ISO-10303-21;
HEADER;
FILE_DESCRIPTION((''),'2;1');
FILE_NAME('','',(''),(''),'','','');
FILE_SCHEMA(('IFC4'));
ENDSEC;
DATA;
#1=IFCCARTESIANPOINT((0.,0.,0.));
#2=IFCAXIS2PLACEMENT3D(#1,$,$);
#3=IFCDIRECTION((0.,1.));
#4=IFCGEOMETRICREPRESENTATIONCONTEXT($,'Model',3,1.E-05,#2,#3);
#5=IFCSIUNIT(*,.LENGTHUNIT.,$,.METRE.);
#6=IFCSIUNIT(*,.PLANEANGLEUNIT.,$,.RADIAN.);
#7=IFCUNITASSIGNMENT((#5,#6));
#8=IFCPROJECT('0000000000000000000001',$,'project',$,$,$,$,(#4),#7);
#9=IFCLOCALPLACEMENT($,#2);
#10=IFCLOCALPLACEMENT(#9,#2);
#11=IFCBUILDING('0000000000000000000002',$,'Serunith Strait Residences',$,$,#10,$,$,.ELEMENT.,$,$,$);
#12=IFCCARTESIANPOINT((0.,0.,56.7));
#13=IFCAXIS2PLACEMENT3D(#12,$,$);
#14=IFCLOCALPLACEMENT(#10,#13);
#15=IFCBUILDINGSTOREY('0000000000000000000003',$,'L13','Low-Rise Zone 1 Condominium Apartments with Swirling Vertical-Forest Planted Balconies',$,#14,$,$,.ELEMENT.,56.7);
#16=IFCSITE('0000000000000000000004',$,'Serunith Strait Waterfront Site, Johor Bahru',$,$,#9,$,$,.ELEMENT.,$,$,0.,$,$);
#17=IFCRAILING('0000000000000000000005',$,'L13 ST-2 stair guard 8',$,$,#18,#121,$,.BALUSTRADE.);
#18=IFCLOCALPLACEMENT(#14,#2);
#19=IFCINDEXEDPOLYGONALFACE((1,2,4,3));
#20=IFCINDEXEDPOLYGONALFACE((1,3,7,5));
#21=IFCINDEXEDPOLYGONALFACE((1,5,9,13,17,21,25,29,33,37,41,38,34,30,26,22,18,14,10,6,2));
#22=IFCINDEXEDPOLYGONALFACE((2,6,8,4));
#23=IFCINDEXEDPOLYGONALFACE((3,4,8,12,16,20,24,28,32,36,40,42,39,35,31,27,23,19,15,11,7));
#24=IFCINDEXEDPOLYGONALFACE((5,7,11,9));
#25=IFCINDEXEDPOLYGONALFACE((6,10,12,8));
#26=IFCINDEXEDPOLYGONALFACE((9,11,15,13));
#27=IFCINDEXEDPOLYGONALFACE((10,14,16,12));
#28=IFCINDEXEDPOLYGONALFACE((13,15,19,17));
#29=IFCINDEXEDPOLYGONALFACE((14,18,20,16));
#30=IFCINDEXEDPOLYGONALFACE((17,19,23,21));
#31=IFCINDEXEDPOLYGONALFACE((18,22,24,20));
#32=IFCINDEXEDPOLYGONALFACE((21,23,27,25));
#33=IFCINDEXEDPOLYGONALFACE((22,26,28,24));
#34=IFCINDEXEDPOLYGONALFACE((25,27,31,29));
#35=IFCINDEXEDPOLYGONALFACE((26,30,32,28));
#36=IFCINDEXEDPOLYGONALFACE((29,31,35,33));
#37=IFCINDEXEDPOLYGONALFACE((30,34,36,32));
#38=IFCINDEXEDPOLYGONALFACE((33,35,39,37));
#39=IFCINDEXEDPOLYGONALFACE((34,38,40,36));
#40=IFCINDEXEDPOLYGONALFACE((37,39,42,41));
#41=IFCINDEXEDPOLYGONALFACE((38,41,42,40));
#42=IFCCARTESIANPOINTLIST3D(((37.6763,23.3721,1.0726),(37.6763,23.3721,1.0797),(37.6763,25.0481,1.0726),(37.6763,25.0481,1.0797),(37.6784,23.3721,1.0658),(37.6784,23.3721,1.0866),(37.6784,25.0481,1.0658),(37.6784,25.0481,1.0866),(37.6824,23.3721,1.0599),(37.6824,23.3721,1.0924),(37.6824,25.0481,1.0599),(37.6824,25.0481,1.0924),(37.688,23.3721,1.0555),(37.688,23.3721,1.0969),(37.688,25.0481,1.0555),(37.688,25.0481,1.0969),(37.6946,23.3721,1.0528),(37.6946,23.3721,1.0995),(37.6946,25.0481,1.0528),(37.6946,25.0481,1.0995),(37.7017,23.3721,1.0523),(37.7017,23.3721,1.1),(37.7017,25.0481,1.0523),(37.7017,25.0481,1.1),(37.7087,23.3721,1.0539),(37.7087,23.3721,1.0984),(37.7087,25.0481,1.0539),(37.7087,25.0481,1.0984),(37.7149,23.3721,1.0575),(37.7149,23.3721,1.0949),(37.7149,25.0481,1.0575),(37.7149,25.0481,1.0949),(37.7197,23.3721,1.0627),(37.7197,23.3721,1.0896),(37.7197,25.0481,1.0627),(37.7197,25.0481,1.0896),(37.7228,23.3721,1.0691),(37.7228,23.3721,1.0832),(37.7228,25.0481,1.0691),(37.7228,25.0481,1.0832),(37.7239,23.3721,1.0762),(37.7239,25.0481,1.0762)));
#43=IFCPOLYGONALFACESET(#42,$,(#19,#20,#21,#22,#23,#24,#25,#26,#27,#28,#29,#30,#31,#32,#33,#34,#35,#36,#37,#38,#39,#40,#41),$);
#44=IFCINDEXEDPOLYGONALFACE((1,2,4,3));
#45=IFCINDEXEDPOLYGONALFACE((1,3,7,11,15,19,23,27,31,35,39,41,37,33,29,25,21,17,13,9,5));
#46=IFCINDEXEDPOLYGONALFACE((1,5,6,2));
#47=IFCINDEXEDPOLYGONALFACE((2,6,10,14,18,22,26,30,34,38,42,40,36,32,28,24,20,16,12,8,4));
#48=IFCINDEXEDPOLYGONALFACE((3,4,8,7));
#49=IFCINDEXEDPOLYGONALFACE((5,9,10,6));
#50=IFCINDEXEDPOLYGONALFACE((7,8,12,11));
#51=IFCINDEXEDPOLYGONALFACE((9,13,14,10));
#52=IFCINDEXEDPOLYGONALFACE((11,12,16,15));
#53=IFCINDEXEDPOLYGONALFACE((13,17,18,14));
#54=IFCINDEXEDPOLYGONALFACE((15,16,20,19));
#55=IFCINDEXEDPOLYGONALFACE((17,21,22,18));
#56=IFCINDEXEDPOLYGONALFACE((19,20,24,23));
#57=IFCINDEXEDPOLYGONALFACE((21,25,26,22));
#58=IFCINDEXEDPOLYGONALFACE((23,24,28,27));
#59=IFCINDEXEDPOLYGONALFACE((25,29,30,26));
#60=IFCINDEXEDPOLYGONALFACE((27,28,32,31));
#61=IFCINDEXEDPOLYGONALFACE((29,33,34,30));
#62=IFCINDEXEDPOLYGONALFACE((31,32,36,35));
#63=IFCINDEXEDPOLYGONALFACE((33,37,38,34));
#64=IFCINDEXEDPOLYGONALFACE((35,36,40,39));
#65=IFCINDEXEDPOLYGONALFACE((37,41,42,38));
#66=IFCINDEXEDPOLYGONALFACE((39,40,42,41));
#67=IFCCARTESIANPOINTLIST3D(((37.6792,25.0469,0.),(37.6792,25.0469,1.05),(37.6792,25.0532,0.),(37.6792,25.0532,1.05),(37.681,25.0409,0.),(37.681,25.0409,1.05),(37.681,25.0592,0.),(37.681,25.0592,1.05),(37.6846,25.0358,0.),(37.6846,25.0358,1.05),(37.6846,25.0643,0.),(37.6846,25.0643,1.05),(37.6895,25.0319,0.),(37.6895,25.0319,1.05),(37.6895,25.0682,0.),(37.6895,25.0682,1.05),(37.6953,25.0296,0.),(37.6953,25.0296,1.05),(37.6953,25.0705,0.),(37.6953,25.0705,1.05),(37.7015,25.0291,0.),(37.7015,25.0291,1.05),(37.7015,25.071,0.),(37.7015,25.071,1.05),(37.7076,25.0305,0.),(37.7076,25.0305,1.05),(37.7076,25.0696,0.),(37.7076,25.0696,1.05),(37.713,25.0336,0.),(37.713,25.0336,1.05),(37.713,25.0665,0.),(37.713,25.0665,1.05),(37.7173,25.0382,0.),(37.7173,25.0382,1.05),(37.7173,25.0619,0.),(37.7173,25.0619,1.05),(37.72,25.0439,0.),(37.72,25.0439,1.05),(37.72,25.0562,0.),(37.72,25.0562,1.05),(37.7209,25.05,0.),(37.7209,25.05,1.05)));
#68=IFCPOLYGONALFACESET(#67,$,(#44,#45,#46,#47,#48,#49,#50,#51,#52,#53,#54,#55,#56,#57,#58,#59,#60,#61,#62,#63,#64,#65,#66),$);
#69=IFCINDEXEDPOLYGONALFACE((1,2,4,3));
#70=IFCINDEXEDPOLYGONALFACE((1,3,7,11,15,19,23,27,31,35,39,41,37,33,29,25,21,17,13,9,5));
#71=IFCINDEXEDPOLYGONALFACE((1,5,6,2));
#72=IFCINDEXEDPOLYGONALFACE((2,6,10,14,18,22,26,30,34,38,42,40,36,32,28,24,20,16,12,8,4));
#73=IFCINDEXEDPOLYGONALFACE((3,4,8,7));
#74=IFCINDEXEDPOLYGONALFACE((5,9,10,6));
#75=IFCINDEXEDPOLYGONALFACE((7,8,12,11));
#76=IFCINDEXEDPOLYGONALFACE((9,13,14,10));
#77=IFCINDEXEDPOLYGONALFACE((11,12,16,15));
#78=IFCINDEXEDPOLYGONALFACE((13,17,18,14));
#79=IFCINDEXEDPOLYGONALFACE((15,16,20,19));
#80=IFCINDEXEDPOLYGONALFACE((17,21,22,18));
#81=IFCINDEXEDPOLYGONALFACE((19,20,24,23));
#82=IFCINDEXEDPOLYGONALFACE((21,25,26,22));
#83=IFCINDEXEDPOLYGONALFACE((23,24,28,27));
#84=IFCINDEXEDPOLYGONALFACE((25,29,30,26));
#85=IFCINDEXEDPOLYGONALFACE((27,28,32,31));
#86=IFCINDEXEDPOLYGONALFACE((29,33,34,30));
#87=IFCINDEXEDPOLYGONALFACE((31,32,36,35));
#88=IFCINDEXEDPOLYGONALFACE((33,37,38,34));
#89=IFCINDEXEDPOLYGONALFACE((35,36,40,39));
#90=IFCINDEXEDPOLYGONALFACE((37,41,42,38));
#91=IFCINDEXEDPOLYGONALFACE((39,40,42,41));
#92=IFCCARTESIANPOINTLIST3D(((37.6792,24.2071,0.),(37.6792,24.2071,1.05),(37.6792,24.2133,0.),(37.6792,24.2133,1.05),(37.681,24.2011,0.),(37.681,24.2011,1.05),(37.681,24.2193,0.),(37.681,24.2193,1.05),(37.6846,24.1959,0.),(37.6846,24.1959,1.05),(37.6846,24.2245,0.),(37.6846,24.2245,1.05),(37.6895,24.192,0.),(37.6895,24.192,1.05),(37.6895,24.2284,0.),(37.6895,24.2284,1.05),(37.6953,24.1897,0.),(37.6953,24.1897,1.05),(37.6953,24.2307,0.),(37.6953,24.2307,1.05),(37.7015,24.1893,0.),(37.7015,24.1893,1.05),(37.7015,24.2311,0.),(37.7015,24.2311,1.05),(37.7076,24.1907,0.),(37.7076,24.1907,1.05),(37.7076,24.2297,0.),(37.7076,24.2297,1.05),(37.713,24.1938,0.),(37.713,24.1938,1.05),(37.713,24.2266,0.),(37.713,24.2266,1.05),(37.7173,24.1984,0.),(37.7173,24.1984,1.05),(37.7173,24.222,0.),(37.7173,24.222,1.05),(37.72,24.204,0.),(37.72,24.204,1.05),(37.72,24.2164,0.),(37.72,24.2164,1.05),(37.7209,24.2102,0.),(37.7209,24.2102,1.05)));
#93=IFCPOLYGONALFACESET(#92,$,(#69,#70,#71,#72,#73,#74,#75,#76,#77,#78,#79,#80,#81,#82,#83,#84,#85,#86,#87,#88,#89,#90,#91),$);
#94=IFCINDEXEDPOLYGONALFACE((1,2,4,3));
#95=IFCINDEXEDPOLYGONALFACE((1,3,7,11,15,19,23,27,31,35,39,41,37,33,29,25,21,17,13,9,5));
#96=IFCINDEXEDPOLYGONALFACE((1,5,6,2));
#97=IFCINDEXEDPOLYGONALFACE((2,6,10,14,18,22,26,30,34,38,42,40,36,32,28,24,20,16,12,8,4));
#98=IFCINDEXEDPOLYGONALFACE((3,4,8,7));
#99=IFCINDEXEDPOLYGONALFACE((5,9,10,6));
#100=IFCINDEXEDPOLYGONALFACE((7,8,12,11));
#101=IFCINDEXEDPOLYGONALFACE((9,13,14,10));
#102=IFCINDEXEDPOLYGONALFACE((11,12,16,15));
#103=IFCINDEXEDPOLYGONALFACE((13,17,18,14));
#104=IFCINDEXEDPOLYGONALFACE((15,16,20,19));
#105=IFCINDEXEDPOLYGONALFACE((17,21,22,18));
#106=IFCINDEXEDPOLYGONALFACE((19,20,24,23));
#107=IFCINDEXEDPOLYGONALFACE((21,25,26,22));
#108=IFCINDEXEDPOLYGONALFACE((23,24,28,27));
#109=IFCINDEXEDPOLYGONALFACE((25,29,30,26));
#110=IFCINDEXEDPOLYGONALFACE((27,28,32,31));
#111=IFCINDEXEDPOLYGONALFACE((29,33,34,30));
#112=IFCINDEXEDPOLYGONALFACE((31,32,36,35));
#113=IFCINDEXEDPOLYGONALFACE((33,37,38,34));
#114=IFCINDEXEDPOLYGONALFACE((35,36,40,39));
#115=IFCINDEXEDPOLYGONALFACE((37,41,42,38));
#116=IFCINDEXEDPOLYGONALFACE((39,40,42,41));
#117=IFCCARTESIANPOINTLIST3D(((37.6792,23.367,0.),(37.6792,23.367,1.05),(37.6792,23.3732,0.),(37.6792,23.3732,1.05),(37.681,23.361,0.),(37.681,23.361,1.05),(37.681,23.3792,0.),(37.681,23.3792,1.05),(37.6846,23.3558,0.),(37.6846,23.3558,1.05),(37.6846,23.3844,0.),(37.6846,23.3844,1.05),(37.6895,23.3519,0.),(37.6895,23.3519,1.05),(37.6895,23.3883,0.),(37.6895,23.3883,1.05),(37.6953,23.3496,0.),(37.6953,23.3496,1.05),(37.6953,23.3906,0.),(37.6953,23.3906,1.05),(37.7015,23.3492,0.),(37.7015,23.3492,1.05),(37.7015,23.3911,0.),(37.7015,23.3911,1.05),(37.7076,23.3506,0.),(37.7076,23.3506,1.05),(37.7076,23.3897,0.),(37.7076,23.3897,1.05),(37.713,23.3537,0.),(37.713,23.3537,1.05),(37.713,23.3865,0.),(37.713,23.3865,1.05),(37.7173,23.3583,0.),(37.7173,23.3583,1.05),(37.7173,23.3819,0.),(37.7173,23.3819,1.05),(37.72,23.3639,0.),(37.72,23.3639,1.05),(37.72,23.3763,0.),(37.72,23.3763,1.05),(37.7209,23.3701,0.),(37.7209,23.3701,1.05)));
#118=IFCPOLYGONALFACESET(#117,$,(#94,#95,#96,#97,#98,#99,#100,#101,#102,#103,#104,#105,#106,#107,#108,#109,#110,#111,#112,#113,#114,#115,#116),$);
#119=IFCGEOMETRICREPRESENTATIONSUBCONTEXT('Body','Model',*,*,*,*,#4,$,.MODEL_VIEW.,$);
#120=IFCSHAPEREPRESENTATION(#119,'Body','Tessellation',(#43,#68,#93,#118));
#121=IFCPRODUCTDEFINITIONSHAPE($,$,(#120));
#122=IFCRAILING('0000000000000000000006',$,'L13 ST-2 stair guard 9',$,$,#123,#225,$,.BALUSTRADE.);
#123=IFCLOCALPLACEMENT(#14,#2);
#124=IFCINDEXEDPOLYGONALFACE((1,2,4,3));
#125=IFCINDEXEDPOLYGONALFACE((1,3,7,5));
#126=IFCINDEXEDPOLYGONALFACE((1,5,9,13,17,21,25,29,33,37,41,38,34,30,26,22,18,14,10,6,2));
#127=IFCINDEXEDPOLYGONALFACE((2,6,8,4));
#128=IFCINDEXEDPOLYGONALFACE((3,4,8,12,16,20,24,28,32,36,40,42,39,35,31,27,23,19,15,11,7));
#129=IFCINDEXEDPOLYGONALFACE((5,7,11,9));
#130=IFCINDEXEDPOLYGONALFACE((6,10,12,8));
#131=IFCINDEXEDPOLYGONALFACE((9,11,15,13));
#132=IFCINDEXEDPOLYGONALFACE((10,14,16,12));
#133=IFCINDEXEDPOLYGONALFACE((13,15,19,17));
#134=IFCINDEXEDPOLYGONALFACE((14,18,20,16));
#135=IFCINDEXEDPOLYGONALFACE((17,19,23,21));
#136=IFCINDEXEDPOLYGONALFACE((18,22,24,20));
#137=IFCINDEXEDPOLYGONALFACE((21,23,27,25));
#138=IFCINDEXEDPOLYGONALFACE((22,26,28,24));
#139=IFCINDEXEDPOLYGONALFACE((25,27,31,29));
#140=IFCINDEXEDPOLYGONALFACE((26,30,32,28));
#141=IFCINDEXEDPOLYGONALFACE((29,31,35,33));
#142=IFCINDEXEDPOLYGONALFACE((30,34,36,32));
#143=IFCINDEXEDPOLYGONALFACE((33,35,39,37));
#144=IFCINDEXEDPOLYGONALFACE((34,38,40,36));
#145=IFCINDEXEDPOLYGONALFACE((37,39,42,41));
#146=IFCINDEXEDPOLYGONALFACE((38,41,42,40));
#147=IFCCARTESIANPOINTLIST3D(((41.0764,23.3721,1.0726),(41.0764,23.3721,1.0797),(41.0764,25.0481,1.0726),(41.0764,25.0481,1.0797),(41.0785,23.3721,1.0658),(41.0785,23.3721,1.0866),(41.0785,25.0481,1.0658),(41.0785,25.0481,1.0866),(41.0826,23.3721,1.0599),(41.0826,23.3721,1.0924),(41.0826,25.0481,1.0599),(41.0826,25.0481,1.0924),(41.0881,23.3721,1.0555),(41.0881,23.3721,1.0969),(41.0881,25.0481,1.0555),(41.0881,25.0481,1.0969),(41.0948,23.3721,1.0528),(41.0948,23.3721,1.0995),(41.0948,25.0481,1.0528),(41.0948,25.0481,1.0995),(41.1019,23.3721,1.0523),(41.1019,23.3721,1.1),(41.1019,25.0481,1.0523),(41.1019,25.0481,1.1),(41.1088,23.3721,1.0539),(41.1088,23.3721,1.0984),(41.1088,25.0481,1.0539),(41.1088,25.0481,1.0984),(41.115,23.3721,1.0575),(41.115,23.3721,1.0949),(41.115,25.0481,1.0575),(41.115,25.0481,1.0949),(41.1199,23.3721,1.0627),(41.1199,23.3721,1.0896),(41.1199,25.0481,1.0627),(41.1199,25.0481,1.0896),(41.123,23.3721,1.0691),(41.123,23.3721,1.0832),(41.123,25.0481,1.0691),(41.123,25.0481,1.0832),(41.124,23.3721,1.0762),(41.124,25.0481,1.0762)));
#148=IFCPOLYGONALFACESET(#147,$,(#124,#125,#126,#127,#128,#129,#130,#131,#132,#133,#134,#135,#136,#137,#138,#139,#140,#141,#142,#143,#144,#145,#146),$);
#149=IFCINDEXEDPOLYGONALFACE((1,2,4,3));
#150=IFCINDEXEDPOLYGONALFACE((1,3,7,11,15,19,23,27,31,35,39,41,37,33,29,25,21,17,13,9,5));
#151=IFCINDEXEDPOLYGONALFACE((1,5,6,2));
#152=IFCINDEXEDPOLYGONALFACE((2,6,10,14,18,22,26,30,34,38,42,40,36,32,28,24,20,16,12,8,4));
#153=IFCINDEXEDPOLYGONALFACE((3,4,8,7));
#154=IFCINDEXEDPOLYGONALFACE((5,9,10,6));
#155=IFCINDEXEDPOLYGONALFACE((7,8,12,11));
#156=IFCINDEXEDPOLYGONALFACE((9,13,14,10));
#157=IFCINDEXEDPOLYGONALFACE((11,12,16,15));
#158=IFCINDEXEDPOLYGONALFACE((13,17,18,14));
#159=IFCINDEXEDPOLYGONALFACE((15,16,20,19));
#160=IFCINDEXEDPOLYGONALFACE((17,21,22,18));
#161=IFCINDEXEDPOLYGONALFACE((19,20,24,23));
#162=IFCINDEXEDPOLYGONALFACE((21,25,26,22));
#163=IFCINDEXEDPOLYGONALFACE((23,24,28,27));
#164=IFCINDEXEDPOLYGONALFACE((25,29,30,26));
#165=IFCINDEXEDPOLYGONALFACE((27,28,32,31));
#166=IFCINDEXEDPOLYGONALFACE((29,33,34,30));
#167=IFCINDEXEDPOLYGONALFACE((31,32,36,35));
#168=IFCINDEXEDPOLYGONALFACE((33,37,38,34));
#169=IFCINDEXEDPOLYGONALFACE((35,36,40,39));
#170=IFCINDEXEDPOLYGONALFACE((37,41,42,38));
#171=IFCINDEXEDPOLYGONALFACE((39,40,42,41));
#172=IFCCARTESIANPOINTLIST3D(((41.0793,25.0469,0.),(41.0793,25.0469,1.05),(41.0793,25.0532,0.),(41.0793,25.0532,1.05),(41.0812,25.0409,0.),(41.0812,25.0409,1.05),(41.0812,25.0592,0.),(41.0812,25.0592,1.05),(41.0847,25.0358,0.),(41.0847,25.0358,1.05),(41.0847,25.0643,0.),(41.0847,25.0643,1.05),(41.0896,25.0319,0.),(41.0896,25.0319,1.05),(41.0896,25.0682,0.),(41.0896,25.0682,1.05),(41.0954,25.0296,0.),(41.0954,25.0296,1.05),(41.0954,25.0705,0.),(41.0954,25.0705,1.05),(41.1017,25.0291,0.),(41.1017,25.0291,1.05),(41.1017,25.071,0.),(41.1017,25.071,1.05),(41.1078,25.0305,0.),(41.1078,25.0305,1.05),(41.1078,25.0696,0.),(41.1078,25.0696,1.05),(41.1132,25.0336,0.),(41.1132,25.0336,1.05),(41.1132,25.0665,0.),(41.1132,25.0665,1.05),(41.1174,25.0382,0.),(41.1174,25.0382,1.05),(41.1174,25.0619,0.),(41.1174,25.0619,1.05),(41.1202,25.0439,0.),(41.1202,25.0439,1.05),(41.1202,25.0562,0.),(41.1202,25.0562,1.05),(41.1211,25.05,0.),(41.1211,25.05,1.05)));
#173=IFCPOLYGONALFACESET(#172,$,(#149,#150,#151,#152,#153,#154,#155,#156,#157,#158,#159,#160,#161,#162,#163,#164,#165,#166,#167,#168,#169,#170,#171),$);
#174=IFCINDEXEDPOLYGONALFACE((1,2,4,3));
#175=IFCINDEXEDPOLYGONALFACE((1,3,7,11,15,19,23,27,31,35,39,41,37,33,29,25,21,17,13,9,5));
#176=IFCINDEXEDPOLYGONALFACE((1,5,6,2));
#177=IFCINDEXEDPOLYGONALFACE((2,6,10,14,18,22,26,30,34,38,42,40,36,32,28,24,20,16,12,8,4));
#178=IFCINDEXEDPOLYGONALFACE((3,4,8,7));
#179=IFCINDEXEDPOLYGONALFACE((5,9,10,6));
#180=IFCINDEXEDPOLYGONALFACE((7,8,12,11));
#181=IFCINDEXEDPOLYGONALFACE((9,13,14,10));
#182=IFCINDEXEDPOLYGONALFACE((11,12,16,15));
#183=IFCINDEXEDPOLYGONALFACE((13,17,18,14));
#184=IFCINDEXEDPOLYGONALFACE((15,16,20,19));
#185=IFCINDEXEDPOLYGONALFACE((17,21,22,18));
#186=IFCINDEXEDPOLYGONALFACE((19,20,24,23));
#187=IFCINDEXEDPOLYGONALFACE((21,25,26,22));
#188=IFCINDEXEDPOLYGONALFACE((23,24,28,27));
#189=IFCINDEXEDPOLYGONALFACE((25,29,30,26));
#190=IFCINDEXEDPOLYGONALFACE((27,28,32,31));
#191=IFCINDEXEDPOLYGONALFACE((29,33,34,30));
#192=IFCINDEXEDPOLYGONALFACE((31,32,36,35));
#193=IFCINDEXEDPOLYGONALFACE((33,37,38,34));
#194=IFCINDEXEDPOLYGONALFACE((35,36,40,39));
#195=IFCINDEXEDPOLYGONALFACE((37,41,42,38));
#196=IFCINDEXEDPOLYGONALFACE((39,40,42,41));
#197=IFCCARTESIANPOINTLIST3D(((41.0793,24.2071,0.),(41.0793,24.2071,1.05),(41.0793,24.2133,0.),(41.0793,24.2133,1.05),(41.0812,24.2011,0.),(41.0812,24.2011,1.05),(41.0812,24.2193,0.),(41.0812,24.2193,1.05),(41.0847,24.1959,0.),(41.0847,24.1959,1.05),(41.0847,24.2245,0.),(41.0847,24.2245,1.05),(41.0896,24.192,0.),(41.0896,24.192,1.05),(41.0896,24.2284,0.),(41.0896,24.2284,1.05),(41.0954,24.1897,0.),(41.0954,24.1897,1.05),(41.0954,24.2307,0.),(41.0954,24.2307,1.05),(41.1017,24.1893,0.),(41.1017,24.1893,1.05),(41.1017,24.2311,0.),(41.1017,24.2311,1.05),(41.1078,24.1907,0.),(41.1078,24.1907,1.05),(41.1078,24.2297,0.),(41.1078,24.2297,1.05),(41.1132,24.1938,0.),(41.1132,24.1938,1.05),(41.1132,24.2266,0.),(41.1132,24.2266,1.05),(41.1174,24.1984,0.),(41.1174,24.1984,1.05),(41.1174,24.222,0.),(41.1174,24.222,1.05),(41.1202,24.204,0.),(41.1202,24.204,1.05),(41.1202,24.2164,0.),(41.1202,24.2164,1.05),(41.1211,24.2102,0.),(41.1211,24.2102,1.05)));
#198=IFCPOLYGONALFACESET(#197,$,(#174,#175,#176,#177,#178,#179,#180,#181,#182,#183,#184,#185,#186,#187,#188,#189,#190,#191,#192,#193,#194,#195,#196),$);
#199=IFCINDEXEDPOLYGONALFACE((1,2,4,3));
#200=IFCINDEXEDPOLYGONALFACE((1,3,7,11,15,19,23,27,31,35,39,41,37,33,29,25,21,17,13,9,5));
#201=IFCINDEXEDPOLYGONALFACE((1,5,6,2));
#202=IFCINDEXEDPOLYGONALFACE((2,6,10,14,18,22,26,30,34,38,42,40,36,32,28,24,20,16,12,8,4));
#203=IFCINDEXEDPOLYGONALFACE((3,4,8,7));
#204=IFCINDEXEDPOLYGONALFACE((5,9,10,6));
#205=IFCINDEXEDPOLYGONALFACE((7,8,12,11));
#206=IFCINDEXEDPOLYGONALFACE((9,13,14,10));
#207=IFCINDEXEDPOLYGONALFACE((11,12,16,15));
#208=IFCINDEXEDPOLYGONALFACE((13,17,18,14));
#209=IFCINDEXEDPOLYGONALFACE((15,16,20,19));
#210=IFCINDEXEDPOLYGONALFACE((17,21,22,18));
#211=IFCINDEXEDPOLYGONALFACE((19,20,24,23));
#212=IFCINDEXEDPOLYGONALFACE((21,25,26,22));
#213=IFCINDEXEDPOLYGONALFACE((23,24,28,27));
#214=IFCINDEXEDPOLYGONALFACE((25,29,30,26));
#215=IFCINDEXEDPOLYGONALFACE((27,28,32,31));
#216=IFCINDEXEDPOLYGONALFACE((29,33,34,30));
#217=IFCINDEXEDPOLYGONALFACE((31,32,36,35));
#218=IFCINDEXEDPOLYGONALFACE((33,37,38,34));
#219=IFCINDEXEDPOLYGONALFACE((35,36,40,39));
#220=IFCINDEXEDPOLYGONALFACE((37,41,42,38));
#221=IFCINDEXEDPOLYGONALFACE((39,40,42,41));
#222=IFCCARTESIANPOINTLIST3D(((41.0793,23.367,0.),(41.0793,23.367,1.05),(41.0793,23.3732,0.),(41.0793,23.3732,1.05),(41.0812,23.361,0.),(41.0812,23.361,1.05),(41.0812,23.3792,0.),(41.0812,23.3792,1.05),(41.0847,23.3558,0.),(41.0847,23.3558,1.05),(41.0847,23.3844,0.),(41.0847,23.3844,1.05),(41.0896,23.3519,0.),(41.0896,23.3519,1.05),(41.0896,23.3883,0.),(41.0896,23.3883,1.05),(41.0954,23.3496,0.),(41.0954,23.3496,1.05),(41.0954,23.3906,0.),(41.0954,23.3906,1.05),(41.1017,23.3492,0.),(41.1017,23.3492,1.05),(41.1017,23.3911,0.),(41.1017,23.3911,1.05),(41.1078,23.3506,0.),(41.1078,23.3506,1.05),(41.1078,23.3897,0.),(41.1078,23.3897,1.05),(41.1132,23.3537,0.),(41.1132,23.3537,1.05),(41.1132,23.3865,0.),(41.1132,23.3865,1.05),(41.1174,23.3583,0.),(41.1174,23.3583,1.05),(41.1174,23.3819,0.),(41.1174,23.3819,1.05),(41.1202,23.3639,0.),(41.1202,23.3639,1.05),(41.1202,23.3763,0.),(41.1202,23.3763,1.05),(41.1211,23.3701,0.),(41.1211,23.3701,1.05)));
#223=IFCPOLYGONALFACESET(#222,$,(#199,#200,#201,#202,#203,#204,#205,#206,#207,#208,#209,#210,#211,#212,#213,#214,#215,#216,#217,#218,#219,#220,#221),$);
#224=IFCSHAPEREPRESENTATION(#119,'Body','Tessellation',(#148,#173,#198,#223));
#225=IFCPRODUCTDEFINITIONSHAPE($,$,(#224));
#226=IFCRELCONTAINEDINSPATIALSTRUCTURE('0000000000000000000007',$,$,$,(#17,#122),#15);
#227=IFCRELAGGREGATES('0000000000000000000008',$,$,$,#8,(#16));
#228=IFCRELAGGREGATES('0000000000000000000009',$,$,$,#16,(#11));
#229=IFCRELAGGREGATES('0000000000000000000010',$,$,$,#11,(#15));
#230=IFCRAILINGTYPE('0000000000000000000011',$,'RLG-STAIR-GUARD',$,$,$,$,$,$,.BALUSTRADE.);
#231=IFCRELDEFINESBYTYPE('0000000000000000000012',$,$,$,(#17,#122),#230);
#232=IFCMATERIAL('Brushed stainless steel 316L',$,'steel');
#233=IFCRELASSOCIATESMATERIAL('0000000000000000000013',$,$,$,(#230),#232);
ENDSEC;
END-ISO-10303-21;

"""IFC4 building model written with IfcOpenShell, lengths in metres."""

from ifc_helpers import new_model, si_unit, direction, frame, origin, origin_2d, place, context, subcontext, project, spatial, circle, extrude, material, type_object, element, save


model = new_model("IFC4")

# Units and contexts
model_context = context("Model", 3, precision=1e-05, world=origin(), true_north=direction((0.0, 1.0)))
body_context = subcontext(model_context, "Body", "Model", "MODEL_VIEW")
ifc_project = project(units=[si_unit("LENGTHUNIT", "METRE"), si_unit("PLANEANGLEUNIT", "RADIAN")], contexts=[model_context])

# Site, building, storey
site_placement = place(None, origin())
site = spatial("IfcSite", under=ifc_project, at=site_placement, Name="Serunith Strait Waterfront Site, Johor Bahru", CompositionType="ELEMENT", RefElevation=0.0)
building_placement = place(site_placement, origin())
building = spatial("IfcBuilding", under=site, at=building_placement, Name="Serunith Strait Residences", CompositionType="ELEMENT")
storey_placement = place(building_placement, frame((0.0, 0.0, 56.7)))
storey = spatial("IfcBuildingStorey", under=building, at=storey_placement, Name="L13", Description="Low-Rise Zone 1 Condominium Apartments with Swirling Vertical-Forest Planted Balconies", CompositionType="ELEMENT", Elevation=56.7)

# Railings
ifc_material_1 = material(Name="Brushed stainless steel 316L", Category="steel")
railing_type = type_object("IfcRailingType", Name="RLG-STAIR-GUARD", PredefinedType="BALUSTRADE", material=ifc_material_1)
for number, where, name in (
    (1, (37.7, 25.05, 0.0), "L13 ST-2 stair guard 8"),
    (2, (41.1001, 25.05, 0.0), "L13 ST-2 stair guard 9"),
):
    element("IfcRailing", number, at=place(storey_placement, frame(where)), inside=storey, type_object=railing_type, Name=name, PredefinedType="BALUSTRADE", context=body_context, shape_type="SweptSolid", body=[
        extrude(circle(Radius=0.0239, at=origin_2d()), frame((0.0, -0.002, 1.0762), z_axis=(0.0, -1.0, 0.0), x_axis=(1.0, 0.0, 0.0)), (0.0, 0.0, 1.0), 1.676),
        extrude(circle(Radius=0.021, at=origin_2d()), origin(), (0.0, 0.0, 1.0), 1.05),
        extrude(circle(Radius=0.021, at=origin_2d()), frame((0.0, -0.8398, 0.0)), (0.0, 0.0, 1.0), 1.05),
        extrude(circle(Radius=0.021, at=origin_2d()), frame((0.0, -1.6799, 0.0)), (0.0, 0.0, 1.0), 1.05),
    ])

save(model, "model.ifc")
